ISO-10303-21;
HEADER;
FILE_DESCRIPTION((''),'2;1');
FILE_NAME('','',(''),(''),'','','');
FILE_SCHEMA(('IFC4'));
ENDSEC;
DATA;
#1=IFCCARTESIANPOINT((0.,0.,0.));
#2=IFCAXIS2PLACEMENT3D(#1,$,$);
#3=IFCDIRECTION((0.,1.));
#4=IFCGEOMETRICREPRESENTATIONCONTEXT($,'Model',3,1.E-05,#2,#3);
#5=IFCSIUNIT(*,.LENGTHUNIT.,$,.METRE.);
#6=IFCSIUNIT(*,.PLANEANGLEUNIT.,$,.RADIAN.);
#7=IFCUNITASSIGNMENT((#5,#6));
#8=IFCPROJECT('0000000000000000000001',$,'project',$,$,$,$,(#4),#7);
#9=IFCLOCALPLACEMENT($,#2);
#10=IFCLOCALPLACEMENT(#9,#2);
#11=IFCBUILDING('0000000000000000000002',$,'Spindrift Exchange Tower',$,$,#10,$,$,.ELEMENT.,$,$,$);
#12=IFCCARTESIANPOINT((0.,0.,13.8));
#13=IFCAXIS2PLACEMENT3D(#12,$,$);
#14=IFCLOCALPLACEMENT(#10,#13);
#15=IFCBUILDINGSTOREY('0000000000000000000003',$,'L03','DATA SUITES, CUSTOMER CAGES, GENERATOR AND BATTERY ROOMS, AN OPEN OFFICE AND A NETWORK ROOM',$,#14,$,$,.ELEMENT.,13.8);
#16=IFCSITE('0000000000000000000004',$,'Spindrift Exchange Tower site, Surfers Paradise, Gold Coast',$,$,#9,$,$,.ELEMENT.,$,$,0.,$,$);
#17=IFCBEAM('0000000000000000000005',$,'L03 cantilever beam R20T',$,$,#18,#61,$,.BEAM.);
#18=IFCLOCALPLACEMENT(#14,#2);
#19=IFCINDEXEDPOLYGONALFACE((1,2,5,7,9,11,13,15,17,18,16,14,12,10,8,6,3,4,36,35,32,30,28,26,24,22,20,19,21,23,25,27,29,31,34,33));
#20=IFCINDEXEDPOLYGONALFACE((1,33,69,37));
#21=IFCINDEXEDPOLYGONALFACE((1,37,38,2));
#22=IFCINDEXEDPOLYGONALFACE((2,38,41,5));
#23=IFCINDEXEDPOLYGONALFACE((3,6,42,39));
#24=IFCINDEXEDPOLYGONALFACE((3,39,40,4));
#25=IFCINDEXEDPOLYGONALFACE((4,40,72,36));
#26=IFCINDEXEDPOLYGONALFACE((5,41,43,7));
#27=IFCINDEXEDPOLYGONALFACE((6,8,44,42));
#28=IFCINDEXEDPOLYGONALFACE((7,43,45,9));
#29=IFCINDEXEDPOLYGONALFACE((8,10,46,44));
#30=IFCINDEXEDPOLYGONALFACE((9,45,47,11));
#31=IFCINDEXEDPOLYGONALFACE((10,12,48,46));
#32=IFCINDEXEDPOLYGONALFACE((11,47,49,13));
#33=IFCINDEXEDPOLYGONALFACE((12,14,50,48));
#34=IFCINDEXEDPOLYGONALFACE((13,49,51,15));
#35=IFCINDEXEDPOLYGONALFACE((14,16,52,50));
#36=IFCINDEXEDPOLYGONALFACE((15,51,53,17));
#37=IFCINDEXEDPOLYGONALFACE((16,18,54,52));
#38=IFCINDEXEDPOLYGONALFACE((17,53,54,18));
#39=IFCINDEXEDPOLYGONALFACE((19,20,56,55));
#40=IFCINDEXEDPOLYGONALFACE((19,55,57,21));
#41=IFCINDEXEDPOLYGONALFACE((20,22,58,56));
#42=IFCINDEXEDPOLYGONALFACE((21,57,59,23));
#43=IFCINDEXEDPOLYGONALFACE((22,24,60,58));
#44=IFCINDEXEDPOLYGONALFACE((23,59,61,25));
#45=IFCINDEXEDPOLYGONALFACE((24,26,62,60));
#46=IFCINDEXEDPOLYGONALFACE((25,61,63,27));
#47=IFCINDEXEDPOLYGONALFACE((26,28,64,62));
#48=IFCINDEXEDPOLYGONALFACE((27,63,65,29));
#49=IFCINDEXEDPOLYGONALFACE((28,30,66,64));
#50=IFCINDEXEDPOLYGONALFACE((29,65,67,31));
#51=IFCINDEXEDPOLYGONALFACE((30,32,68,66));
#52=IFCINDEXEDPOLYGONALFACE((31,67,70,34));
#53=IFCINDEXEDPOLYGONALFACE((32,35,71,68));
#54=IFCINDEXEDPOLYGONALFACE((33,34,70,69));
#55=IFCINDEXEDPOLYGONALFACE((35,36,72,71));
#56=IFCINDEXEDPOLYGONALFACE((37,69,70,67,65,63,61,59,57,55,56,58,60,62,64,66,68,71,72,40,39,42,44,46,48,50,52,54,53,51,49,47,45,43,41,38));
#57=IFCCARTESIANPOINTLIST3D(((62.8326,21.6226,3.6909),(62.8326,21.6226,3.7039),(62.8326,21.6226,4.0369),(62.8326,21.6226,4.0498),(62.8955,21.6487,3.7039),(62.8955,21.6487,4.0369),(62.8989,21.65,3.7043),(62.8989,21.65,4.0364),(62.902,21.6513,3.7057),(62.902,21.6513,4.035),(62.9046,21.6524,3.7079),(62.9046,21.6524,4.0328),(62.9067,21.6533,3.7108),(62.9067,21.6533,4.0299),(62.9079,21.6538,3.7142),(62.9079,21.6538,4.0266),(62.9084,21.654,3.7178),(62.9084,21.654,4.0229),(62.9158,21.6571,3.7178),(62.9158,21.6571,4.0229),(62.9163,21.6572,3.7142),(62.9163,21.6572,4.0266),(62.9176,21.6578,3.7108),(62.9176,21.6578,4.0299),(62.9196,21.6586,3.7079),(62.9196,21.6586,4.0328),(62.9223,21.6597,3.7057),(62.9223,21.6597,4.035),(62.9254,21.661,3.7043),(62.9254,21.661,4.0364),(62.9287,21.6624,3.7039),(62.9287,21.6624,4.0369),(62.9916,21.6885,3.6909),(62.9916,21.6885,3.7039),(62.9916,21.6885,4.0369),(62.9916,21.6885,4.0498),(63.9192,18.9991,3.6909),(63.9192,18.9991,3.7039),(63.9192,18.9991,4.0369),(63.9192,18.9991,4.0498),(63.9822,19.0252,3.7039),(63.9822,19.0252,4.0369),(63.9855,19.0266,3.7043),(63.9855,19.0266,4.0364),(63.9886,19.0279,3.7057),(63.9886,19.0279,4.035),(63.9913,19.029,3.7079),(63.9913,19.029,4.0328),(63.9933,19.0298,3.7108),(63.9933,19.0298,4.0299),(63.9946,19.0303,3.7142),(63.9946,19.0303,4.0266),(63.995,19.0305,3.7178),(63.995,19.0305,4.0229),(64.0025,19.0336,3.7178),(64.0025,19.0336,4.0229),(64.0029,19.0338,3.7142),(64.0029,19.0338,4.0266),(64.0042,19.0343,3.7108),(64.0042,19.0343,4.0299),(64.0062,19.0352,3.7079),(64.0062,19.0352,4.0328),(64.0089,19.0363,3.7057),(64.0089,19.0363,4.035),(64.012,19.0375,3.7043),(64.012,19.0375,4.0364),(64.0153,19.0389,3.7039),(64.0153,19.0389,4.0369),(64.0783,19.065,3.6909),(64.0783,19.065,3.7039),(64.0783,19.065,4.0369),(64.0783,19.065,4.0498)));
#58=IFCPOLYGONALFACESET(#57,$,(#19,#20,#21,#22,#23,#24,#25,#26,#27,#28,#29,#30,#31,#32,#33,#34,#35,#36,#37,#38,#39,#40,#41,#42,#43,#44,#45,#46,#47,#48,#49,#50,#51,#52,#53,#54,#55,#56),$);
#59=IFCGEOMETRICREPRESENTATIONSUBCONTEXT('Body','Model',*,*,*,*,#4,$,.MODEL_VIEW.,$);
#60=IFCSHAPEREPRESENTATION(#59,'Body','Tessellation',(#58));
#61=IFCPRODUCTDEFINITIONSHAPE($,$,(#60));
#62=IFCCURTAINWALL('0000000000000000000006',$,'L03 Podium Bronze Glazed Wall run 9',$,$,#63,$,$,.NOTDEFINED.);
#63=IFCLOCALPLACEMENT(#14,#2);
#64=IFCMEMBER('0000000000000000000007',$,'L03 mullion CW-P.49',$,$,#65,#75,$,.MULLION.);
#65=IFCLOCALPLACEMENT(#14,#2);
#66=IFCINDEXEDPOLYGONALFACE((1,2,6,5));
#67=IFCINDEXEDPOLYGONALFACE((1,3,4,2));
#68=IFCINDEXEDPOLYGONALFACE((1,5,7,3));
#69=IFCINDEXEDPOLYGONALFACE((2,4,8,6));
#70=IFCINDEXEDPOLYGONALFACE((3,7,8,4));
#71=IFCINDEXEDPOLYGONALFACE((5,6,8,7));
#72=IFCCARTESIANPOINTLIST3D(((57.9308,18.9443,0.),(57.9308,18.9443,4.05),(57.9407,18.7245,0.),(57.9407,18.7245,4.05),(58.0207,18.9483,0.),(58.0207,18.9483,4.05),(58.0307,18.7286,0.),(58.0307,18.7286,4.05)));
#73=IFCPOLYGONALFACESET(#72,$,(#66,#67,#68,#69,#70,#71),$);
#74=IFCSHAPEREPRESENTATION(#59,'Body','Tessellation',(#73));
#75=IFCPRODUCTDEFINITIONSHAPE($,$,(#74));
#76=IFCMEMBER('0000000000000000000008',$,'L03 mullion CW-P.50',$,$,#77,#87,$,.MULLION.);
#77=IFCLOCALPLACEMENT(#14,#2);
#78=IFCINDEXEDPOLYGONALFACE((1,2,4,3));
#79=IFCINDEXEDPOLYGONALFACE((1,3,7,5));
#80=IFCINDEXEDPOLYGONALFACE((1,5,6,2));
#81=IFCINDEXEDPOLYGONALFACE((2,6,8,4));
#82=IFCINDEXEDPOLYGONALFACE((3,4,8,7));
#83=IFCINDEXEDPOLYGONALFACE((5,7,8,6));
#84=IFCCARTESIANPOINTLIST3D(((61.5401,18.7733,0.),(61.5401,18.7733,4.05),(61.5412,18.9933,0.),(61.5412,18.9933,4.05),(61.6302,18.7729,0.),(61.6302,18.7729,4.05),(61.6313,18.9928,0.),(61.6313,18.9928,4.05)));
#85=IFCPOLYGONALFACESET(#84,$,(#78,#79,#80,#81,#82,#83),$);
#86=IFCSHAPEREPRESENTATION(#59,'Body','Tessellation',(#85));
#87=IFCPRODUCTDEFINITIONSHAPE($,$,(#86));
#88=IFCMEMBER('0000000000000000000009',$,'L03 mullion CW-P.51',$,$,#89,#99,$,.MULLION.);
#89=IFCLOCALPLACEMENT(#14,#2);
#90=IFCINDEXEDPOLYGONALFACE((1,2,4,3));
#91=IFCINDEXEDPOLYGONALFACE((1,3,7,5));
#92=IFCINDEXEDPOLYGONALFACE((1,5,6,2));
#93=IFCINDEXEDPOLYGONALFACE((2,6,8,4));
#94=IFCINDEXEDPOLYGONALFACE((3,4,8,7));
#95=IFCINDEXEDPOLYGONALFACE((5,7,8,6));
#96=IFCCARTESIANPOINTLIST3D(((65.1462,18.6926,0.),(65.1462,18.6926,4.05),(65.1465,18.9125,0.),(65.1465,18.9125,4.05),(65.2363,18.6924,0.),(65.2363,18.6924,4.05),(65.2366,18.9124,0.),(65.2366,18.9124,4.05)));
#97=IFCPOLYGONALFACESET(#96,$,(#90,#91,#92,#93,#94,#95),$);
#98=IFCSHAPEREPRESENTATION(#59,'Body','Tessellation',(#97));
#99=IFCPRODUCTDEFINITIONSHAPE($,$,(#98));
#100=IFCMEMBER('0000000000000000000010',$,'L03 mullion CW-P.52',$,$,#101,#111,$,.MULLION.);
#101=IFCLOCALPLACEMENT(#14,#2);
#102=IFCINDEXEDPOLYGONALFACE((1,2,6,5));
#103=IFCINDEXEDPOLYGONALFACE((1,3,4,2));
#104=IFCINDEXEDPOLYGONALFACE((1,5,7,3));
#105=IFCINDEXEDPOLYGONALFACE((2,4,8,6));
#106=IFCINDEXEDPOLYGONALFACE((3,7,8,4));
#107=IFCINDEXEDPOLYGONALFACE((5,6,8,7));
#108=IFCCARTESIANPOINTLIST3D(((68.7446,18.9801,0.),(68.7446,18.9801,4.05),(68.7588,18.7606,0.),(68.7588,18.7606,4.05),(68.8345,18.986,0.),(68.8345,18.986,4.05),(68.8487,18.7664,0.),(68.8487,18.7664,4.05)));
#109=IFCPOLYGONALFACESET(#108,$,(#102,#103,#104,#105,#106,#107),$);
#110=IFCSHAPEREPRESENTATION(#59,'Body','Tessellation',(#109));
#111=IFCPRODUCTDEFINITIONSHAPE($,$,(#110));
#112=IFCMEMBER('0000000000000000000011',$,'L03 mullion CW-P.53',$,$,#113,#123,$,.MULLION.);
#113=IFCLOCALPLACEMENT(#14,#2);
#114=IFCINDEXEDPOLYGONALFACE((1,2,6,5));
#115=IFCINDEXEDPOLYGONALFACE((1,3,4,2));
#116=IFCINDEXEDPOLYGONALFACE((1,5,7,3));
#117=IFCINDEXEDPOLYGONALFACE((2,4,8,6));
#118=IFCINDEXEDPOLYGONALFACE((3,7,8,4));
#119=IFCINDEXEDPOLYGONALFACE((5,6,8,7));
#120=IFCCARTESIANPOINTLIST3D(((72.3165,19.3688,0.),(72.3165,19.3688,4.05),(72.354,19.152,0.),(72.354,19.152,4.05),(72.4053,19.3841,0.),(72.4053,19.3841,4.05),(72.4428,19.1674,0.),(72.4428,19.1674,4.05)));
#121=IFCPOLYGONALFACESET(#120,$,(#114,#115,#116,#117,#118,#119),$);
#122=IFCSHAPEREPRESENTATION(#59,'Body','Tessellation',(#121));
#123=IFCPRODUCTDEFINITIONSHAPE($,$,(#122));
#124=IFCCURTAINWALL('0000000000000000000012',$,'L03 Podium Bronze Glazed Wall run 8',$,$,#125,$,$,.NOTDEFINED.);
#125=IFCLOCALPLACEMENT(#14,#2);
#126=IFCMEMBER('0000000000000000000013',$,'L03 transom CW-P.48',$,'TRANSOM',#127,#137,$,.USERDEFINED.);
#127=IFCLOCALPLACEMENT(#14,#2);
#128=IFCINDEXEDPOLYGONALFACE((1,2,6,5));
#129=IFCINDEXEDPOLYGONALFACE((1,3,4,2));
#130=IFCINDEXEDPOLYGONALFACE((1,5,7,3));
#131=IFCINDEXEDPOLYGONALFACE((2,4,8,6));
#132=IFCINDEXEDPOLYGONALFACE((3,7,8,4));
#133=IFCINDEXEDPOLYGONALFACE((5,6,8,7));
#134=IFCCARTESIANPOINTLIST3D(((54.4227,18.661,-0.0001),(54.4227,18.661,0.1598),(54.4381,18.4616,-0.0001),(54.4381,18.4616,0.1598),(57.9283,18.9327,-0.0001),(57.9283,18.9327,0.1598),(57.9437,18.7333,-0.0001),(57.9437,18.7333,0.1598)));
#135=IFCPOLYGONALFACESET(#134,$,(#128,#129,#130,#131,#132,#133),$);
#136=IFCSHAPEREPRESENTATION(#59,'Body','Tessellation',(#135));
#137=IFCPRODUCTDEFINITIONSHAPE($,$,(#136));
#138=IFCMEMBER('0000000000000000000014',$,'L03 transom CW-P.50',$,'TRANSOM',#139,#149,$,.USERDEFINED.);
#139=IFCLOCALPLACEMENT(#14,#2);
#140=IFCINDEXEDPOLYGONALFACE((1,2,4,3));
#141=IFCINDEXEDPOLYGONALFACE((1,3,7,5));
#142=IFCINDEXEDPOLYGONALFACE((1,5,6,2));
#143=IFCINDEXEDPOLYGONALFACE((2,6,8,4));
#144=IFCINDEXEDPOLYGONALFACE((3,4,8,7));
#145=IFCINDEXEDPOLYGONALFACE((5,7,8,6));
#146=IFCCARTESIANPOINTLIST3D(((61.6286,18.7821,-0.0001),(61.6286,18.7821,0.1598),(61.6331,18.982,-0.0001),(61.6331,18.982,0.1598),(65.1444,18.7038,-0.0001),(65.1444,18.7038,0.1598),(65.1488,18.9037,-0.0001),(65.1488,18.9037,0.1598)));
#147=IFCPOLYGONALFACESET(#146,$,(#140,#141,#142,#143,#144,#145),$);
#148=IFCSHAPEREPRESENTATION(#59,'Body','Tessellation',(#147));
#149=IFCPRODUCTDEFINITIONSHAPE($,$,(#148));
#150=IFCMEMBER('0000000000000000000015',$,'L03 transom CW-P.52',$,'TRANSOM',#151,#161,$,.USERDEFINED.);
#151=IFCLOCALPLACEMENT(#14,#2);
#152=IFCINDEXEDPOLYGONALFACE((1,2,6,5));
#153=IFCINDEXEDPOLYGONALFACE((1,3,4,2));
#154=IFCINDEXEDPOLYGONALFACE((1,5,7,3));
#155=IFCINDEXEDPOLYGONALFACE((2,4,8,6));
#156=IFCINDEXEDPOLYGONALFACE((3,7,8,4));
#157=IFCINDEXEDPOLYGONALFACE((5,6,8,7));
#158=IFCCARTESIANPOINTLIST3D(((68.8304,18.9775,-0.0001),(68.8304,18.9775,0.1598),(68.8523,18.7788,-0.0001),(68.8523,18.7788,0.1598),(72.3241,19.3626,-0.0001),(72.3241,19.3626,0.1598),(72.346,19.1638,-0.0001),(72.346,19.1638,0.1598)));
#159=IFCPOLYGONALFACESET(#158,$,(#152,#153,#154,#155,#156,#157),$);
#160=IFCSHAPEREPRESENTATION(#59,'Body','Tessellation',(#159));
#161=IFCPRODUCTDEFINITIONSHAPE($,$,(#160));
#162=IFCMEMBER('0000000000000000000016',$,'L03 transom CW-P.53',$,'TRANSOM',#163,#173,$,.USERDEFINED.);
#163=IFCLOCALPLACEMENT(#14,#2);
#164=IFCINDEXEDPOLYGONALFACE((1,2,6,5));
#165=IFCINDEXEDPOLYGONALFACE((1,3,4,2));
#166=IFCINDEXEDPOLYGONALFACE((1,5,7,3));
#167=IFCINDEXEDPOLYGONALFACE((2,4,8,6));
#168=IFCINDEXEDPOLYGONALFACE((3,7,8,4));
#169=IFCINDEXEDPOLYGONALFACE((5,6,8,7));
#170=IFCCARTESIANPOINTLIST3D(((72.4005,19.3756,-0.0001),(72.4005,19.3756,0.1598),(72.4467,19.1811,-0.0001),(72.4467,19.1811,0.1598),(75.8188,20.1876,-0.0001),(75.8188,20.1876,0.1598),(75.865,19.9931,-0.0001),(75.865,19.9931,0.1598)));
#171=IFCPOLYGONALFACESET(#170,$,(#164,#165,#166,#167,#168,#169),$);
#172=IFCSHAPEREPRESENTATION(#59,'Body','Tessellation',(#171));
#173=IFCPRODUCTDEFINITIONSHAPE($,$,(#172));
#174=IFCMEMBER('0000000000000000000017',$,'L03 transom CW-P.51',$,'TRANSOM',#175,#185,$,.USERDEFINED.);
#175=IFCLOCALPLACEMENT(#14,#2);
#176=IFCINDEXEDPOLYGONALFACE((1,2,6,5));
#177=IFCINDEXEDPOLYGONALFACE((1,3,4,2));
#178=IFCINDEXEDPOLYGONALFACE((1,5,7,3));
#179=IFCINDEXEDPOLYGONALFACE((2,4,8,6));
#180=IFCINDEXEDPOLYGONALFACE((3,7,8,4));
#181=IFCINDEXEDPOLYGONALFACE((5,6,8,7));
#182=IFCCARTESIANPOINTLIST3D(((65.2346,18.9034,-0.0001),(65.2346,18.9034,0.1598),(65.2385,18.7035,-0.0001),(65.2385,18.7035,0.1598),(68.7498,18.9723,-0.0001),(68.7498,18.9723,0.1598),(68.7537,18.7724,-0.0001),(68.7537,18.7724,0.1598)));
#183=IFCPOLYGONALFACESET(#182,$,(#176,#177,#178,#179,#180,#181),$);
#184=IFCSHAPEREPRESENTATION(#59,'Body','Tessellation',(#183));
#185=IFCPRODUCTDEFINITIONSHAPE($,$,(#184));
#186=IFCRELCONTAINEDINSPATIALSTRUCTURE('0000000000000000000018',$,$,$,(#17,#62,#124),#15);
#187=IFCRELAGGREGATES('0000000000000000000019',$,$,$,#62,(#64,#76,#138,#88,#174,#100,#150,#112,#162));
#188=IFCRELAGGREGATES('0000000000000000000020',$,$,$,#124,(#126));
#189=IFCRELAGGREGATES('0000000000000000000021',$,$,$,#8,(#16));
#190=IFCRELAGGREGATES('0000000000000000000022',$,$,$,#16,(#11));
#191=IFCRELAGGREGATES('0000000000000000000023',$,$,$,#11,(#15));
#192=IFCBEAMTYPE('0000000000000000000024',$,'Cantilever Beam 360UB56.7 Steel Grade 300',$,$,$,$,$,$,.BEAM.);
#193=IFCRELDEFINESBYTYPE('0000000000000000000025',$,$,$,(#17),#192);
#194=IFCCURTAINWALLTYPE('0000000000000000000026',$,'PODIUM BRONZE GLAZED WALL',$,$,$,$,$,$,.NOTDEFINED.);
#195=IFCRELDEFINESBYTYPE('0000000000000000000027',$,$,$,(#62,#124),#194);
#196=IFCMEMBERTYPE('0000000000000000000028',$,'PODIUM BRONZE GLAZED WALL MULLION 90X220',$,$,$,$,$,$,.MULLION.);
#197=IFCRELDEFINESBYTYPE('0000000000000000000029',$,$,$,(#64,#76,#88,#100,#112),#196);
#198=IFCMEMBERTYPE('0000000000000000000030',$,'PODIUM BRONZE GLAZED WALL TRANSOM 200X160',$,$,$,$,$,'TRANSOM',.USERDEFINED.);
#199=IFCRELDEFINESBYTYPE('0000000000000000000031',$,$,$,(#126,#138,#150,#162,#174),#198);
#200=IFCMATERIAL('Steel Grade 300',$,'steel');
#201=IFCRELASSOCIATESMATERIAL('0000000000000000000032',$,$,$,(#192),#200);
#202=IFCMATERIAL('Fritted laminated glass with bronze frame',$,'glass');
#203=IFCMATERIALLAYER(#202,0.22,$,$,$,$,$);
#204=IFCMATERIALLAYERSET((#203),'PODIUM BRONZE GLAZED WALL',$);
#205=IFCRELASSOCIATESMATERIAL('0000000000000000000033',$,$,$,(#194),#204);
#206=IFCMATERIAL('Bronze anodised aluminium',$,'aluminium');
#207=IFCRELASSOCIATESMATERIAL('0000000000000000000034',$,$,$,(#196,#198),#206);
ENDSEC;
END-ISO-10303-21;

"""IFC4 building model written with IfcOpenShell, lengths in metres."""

from ifc_helpers import new_model, si_unit, direction, frame, origin, origin_2d, place, context, subcontext, project, spatial, rectangle, i_section, extrude, source, transform, mapped, material, layer, layer_set, material_profile, profile_set, type_object, element, aggregate, save


model = new_model("IFC4")

# Units and contexts
model_context = context("Model", 3, precision=1e-05, world=origin(), true_north=direction((0.0, 1.0)))
body_context = subcontext(model_context, "Body", "Model", "MODEL_VIEW")
ifc_project = project(units=[si_unit("LENGTHUNIT", "METRE"), si_unit("PLANEANGLEUNIT", "RADIAN")], contexts=[model_context])

# Site, building, storey
site_placement = place(None, origin())
site = spatial("IfcSite", under=ifc_project, at=site_placement, Name="Spindrift Exchange Tower site, Surfers Paradise, Gold Coast", CompositionType="ELEMENT", RefElevation=0.0)
building_placement = place(site_placement, origin())
building = spatial("IfcBuilding", under=site, at=building_placement, Name="Spindrift Exchange Tower", CompositionType="ELEMENT")
storey_placement = place(building_placement, frame((0.0, 0.0, 13.8)))
storey = spatial("IfcBuildingStorey", under=building, at=storey_placement, Name="L03", Description="DATA SUITES, CUSTOMER CAGES, GENERATOR AND BATTERY ROOMS, AN OPEN OFFICE AND A NETWORK ROOM", CompositionType="ELEMENT", Elevation=13.8)

# Beam
ifc_material_1 = material(Name="Steel Grade 300", Category="steel")
ifc_material_profile_1 = material_profile(ifc_material_1, i_section(OverallWidth=0.1721, OverallDepth=0.3589, WebThickness=0.0081, FlangeThickness=0.0129, FilletRadius=0.0139, at=origin_2d()), Name="360UB56.7")
ifc_profile_set_1 = profile_set([ifc_material_profile_1], Name="Steel Grade 300")
beam_type_1 = type_object("IfcBeamType", Name="Cantilever Beam 360UB56.7 Steel Grade 300", PredefinedType="BEAM", material=ifc_profile_set_1)
shared_shape_1 = source(origin(), body_context, "Body", "SweptSolid", [
    extrude(i_section(OverallWidth=0.1721, OverallDepth=0.3589, WebThickness=0.0081, FlangeThickness=0.0129, FilletRadius=0.0139, at=origin_2d()), origin(), (0.0, 0.0, 1.0), 2.8396),
])
beam_1_placement = place(storey_placement, frame((62.9121, 21.6555, 3.8704), z_axis=(0.382673, -0.923884, 0.0), x_axis=(0.923884, 0.382673, 0.0)))
element("IfcBeam", 1, at=beam_1_placement, inside=storey, type_object=beam_type_1, Name="L03 cantilever beam R20T", PredefinedType="BEAM", context=body_context, shape_type="MappedRepresentation", body=[
    mapped(shared_shape_1, transform((0.0, 0.0, 0.0), scale=1.0)),
])

# Curtain wall, members
ifc_material_2 = material(Name="Fritted laminated glass with bronze frame", Category="glass")
ifc_layer_1 = layer(ifc_material_2, 0.22)
ifc_layer_set_1 = layer_set([ifc_layer_1], Name="PODIUM BRONZE GLAZED WALL")
curtain_wall_type = type_object("IfcCurtainWallType", Name="PODIUM BRONZE GLAZED WALL", PredefinedType="NOTDEFINED", material=ifc_layer_set_1)
curtain_wall_1_placement = place(storey_placement, origin())
curtain_wall_1 = element("IfcCurtainWall", 2, at=curtain_wall_1_placement, inside=storey, type_object=curtain_wall_type, Name="L03 Podium Bronze Glazed Wall run 9", PredefinedType="NOTDEFINED")
ifc_material_3 = material(Name="Bronze anodised aluminium", Category="aluminium")
ifc_material_profile_2 = material_profile(ifc_material_3, rectangle(XDim=0.0901, YDim=0.22, at=origin_2d()), Name="PODIUM BRONZE GLAZED WALL MULLION 90X220")
ifc_profile_set_2 = profile_set([ifc_material_profile_2], Name="Bronze anodised aluminium")
member_type_1 = type_object("IfcMemberType", Name="PODIUM BRONZE GLAZED WALL MULLION 90X220", PredefinedType="MULLION", material=ifc_profile_set_2)
shared_shape_2 = source(origin(), body_context, "Body", "SweptSolid", [
    extrude(rectangle(XDim=0.0901, YDim=0.22, at=origin_2d()), origin(), (0.0, 0.0, 1.0), 4.05),
])
member_1_placement = place(storey_placement, frame((57.9807, 18.8364, 0.0), z_axis=(0.0, 0.0, 1.0), x_axis=(0.998982, 0.045115, 0.0)))
member_1 = element("IfcMember", 3, at=member_1_placement, type_object=member_type_1, Name="L03 mullion CW-P.49", PredefinedType="MULLION", context=body_context, shape_type="MappedRepresentation", body=[
    mapped(shared_shape_2, transform((0.0, 0.0, 0.0), scale=1.0)),
])
member_2_placement = place(storey_placement, frame((61.5857, 18.8831, 0.0), z_axis=(0.0, 0.0, 1.0), x_axis=(0.999989, -0.004684, 0.0)))
member_2 = element("IfcMember", 4, at=member_2_placement, type_object=member_type_1, Name="L03 mullion CW-P.50", PredefinedType="MULLION", context=body_context, shape_type="MappedRepresentation", body=[
    mapped(shared_shape_2, transform((0.0, 0.0, 0.0), scale=1.0)),
])
member_3_placement = place(storey_placement, frame((65.1914, 18.8025, 0.0), z_axis=(0.0, 0.0, 1.0), x_axis=(0.999999, -0.001357, 0.0)))
member_3 = element("IfcMember", 5, at=member_3_placement, type_object=member_type_1, Name="L03 mullion CW-P.51", PredefinedType="MULLION", context=body_context, shape_type="MappedRepresentation", body=[
    mapped(shared_shape_2, transform((0.0, 0.0, 0.0), scale=1.0)),
])
member_4_placement = place(storey_placement, frame((68.7966, 18.8733, 0.0), z_axis=(0.0, 0.0, 1.0), x_axis=(0.99791, 0.064616, 0.0)))
member_4 = element("IfcMember", 6, at=member_4_placement, type_object=member_type_1, Name="L03 mullion CW-P.52", PredefinedType="MULLION", context=body_context, shape_type="MappedRepresentation", body=[
    mapped(shared_shape_2, transform((0.0, 0.0, 0.0), scale=1.0)),
])
member_5_placement = place(storey_placement, frame((72.3796, 19.2681, 0.0), z_axis=(0.0, 0.0, 1.0), x_axis=(0.985335, 0.170628, 0.0)))
member_5 = element("IfcMember", 7, at=member_5_placement, type_object=member_type_1, Name="L03 mullion CW-P.53", PredefinedType="MULLION", context=body_context, shape_type="MappedRepresentation", body=[
    mapped(shared_shape_2, transform((0.0, 0.0, 0.0), scale=1.0)),
])

# Curtain wall, member
curtain_wall_2_placement = place(storey_placement, origin())
curtain_wall_2 = element("IfcCurtainWall", 8, at=curtain_wall_2_placement, inside=storey, type_object=curtain_wall_type, Name="L03 Podium Bronze Glazed Wall run 8", PredefinedType="NOTDEFINED")
ifc_material_profile_3 = material_profile(ifc_material_3, rectangle(XDim=0.2, YDim=0.1599, at=origin_2d()), Name="PODIUM BRONZE GLAZED WALL TRANSOM 200X160")
ifc_profile_set_3 = profile_set([ifc_material_profile_3], Name="Bronze anodised aluminium")
member_type_2 = type_object("IfcMemberType", Name="PODIUM BRONZE GLAZED WALL TRANSOM 200X160", ElementType="TRANSOM", PredefinedType="USERDEFINED", material=ifc_profile_set_3)
shared_shape_3 = source(origin(), body_context, "Body", "SweptSolid", [
    extrude(rectangle(XDim=0.2, YDim=0.1599, at=origin_2d()), origin(), (0.0, 0.0, 1.0), 3.5161),
])
member_6_placement = place(storey_placement, frame((54.4304, 18.5613, 0.0798), z_axis=(0.997009, 0.077281, 0.0), x_axis=(-0.077281, 0.997009, 0.0)))
member_6 = element("IfcMember", 9, at=member_6_placement, type_object=member_type_2, Name="L03 transom CW-P.48", ObjectType="TRANSOM", PredefinedType="USERDEFINED", context=body_context, shape_type="MappedRepresentation", body=[
    mapped(shared_shape_3, transform((0.0, 0.0, 0.0), scale=1.0)),
])

# Members
shared_shape_4 = source(origin(), body_context, "Body", "SweptSolid", [
    extrude(rectangle(XDim=0.2, YDim=0.1599, at=origin_2d()), origin(), (0.0, 0.0, 1.0), 3.5166),
])
member_7_placement = place(storey_placement, frame((61.6309, 18.8821, 0.0798), z_axis=(0.999752, -0.022286, 0.0), x_axis=(0.022286, 0.999752, 0.0)))
member_7 = element("IfcMember", 10, at=member_7_placement, type_object=member_type_2, Name="L03 transom CW-P.50", ObjectType="TRANSOM", PredefinedType="USERDEFINED", context=body_context, shape_type="MappedRepresentation", body=[
    mapped(shared_shape_4, transform((0.0, 0.0, 0.0), scale=1.0)),
])
shared_shape_5 = source(origin(), body_context, "Body", "SweptSolid", [
    extrude(rectangle(XDim=0.2, YDim=0.1599, at=origin_2d()), origin(), (0.0, 0.0, 1.0), 3.5149),
])
member_8_placement = place(storey_placement, frame((68.8413, 18.8782, 0.0798), z_axis=(0.993982, 0.10954, 0.0), x_axis=(-0.10954, 0.993982, 0.0)))
member_8 = element("IfcMember", 11, at=member_8_placement, type_object=member_type_2, Name="L03 transom CW-P.52", ObjectType="TRANSOM", PredefinedType="USERDEFINED", context=body_context, shape_type="MappedRepresentation", body=[
    mapped(shared_shape_5, transform((0.0, 0.0, 0.0), scale=1.0)),
])
shared_shape_6 = source(origin(), body_context, "Body", "SweptSolid", [
    extrude(rectangle(XDim=0.2, YDim=0.1599, at=origin_2d()), origin(), (0.0, 0.0, 1.0), 3.5134),
])
member_9_placement = place(storey_placement, frame((72.4236, 19.2783, 0.0798), z_axis=(0.972925, 0.231123, 0.0), x_axis=(-0.231123, 0.972925, 0.0)))
member_9 = element("IfcMember", 12, at=member_9_placement, type_object=member_type_2, Name="L03 transom CW-P.53", ObjectType="TRANSOM", PredefinedType="USERDEFINED", context=body_context, shape_type="MappedRepresentation", body=[
    mapped(shared_shape_6, transform((0.0, 0.0, 0.0), scale=1.0)),
])
shared_shape_7 = source(origin(), body_context, "Body", "SweptSolid", [
    extrude(rectangle(XDim=0.2, YDim=0.1599, at=origin_2d()), origin(), (0.0, 0.0, 1.0), 3.5159),
])
member_10_placement = place(storey_placement, frame((65.2366, 18.8035, 0.0798), z_axis=(0.999808, 0.019582, 0.0), x_axis=(-0.019582, 0.999808, 0.0)))
member_10 = element("IfcMember", 13, at=member_10_placement, type_object=member_type_2, Name="L03 transom CW-P.51", ObjectType="TRANSOM", PredefinedType="USERDEFINED", context=body_context, shape_type="MappedRepresentation", body=[
    mapped(shared_shape_7, transform((0.0, 0.0, 0.0), scale=1.0)),
])

aggregate(curtain_wall_1, [member_1, member_2, member_7, member_3, member_10, member_4, member_8, member_5, member_9])
aggregate(curtain_wall_2, [member_6])

save(model, "model.ifc")
